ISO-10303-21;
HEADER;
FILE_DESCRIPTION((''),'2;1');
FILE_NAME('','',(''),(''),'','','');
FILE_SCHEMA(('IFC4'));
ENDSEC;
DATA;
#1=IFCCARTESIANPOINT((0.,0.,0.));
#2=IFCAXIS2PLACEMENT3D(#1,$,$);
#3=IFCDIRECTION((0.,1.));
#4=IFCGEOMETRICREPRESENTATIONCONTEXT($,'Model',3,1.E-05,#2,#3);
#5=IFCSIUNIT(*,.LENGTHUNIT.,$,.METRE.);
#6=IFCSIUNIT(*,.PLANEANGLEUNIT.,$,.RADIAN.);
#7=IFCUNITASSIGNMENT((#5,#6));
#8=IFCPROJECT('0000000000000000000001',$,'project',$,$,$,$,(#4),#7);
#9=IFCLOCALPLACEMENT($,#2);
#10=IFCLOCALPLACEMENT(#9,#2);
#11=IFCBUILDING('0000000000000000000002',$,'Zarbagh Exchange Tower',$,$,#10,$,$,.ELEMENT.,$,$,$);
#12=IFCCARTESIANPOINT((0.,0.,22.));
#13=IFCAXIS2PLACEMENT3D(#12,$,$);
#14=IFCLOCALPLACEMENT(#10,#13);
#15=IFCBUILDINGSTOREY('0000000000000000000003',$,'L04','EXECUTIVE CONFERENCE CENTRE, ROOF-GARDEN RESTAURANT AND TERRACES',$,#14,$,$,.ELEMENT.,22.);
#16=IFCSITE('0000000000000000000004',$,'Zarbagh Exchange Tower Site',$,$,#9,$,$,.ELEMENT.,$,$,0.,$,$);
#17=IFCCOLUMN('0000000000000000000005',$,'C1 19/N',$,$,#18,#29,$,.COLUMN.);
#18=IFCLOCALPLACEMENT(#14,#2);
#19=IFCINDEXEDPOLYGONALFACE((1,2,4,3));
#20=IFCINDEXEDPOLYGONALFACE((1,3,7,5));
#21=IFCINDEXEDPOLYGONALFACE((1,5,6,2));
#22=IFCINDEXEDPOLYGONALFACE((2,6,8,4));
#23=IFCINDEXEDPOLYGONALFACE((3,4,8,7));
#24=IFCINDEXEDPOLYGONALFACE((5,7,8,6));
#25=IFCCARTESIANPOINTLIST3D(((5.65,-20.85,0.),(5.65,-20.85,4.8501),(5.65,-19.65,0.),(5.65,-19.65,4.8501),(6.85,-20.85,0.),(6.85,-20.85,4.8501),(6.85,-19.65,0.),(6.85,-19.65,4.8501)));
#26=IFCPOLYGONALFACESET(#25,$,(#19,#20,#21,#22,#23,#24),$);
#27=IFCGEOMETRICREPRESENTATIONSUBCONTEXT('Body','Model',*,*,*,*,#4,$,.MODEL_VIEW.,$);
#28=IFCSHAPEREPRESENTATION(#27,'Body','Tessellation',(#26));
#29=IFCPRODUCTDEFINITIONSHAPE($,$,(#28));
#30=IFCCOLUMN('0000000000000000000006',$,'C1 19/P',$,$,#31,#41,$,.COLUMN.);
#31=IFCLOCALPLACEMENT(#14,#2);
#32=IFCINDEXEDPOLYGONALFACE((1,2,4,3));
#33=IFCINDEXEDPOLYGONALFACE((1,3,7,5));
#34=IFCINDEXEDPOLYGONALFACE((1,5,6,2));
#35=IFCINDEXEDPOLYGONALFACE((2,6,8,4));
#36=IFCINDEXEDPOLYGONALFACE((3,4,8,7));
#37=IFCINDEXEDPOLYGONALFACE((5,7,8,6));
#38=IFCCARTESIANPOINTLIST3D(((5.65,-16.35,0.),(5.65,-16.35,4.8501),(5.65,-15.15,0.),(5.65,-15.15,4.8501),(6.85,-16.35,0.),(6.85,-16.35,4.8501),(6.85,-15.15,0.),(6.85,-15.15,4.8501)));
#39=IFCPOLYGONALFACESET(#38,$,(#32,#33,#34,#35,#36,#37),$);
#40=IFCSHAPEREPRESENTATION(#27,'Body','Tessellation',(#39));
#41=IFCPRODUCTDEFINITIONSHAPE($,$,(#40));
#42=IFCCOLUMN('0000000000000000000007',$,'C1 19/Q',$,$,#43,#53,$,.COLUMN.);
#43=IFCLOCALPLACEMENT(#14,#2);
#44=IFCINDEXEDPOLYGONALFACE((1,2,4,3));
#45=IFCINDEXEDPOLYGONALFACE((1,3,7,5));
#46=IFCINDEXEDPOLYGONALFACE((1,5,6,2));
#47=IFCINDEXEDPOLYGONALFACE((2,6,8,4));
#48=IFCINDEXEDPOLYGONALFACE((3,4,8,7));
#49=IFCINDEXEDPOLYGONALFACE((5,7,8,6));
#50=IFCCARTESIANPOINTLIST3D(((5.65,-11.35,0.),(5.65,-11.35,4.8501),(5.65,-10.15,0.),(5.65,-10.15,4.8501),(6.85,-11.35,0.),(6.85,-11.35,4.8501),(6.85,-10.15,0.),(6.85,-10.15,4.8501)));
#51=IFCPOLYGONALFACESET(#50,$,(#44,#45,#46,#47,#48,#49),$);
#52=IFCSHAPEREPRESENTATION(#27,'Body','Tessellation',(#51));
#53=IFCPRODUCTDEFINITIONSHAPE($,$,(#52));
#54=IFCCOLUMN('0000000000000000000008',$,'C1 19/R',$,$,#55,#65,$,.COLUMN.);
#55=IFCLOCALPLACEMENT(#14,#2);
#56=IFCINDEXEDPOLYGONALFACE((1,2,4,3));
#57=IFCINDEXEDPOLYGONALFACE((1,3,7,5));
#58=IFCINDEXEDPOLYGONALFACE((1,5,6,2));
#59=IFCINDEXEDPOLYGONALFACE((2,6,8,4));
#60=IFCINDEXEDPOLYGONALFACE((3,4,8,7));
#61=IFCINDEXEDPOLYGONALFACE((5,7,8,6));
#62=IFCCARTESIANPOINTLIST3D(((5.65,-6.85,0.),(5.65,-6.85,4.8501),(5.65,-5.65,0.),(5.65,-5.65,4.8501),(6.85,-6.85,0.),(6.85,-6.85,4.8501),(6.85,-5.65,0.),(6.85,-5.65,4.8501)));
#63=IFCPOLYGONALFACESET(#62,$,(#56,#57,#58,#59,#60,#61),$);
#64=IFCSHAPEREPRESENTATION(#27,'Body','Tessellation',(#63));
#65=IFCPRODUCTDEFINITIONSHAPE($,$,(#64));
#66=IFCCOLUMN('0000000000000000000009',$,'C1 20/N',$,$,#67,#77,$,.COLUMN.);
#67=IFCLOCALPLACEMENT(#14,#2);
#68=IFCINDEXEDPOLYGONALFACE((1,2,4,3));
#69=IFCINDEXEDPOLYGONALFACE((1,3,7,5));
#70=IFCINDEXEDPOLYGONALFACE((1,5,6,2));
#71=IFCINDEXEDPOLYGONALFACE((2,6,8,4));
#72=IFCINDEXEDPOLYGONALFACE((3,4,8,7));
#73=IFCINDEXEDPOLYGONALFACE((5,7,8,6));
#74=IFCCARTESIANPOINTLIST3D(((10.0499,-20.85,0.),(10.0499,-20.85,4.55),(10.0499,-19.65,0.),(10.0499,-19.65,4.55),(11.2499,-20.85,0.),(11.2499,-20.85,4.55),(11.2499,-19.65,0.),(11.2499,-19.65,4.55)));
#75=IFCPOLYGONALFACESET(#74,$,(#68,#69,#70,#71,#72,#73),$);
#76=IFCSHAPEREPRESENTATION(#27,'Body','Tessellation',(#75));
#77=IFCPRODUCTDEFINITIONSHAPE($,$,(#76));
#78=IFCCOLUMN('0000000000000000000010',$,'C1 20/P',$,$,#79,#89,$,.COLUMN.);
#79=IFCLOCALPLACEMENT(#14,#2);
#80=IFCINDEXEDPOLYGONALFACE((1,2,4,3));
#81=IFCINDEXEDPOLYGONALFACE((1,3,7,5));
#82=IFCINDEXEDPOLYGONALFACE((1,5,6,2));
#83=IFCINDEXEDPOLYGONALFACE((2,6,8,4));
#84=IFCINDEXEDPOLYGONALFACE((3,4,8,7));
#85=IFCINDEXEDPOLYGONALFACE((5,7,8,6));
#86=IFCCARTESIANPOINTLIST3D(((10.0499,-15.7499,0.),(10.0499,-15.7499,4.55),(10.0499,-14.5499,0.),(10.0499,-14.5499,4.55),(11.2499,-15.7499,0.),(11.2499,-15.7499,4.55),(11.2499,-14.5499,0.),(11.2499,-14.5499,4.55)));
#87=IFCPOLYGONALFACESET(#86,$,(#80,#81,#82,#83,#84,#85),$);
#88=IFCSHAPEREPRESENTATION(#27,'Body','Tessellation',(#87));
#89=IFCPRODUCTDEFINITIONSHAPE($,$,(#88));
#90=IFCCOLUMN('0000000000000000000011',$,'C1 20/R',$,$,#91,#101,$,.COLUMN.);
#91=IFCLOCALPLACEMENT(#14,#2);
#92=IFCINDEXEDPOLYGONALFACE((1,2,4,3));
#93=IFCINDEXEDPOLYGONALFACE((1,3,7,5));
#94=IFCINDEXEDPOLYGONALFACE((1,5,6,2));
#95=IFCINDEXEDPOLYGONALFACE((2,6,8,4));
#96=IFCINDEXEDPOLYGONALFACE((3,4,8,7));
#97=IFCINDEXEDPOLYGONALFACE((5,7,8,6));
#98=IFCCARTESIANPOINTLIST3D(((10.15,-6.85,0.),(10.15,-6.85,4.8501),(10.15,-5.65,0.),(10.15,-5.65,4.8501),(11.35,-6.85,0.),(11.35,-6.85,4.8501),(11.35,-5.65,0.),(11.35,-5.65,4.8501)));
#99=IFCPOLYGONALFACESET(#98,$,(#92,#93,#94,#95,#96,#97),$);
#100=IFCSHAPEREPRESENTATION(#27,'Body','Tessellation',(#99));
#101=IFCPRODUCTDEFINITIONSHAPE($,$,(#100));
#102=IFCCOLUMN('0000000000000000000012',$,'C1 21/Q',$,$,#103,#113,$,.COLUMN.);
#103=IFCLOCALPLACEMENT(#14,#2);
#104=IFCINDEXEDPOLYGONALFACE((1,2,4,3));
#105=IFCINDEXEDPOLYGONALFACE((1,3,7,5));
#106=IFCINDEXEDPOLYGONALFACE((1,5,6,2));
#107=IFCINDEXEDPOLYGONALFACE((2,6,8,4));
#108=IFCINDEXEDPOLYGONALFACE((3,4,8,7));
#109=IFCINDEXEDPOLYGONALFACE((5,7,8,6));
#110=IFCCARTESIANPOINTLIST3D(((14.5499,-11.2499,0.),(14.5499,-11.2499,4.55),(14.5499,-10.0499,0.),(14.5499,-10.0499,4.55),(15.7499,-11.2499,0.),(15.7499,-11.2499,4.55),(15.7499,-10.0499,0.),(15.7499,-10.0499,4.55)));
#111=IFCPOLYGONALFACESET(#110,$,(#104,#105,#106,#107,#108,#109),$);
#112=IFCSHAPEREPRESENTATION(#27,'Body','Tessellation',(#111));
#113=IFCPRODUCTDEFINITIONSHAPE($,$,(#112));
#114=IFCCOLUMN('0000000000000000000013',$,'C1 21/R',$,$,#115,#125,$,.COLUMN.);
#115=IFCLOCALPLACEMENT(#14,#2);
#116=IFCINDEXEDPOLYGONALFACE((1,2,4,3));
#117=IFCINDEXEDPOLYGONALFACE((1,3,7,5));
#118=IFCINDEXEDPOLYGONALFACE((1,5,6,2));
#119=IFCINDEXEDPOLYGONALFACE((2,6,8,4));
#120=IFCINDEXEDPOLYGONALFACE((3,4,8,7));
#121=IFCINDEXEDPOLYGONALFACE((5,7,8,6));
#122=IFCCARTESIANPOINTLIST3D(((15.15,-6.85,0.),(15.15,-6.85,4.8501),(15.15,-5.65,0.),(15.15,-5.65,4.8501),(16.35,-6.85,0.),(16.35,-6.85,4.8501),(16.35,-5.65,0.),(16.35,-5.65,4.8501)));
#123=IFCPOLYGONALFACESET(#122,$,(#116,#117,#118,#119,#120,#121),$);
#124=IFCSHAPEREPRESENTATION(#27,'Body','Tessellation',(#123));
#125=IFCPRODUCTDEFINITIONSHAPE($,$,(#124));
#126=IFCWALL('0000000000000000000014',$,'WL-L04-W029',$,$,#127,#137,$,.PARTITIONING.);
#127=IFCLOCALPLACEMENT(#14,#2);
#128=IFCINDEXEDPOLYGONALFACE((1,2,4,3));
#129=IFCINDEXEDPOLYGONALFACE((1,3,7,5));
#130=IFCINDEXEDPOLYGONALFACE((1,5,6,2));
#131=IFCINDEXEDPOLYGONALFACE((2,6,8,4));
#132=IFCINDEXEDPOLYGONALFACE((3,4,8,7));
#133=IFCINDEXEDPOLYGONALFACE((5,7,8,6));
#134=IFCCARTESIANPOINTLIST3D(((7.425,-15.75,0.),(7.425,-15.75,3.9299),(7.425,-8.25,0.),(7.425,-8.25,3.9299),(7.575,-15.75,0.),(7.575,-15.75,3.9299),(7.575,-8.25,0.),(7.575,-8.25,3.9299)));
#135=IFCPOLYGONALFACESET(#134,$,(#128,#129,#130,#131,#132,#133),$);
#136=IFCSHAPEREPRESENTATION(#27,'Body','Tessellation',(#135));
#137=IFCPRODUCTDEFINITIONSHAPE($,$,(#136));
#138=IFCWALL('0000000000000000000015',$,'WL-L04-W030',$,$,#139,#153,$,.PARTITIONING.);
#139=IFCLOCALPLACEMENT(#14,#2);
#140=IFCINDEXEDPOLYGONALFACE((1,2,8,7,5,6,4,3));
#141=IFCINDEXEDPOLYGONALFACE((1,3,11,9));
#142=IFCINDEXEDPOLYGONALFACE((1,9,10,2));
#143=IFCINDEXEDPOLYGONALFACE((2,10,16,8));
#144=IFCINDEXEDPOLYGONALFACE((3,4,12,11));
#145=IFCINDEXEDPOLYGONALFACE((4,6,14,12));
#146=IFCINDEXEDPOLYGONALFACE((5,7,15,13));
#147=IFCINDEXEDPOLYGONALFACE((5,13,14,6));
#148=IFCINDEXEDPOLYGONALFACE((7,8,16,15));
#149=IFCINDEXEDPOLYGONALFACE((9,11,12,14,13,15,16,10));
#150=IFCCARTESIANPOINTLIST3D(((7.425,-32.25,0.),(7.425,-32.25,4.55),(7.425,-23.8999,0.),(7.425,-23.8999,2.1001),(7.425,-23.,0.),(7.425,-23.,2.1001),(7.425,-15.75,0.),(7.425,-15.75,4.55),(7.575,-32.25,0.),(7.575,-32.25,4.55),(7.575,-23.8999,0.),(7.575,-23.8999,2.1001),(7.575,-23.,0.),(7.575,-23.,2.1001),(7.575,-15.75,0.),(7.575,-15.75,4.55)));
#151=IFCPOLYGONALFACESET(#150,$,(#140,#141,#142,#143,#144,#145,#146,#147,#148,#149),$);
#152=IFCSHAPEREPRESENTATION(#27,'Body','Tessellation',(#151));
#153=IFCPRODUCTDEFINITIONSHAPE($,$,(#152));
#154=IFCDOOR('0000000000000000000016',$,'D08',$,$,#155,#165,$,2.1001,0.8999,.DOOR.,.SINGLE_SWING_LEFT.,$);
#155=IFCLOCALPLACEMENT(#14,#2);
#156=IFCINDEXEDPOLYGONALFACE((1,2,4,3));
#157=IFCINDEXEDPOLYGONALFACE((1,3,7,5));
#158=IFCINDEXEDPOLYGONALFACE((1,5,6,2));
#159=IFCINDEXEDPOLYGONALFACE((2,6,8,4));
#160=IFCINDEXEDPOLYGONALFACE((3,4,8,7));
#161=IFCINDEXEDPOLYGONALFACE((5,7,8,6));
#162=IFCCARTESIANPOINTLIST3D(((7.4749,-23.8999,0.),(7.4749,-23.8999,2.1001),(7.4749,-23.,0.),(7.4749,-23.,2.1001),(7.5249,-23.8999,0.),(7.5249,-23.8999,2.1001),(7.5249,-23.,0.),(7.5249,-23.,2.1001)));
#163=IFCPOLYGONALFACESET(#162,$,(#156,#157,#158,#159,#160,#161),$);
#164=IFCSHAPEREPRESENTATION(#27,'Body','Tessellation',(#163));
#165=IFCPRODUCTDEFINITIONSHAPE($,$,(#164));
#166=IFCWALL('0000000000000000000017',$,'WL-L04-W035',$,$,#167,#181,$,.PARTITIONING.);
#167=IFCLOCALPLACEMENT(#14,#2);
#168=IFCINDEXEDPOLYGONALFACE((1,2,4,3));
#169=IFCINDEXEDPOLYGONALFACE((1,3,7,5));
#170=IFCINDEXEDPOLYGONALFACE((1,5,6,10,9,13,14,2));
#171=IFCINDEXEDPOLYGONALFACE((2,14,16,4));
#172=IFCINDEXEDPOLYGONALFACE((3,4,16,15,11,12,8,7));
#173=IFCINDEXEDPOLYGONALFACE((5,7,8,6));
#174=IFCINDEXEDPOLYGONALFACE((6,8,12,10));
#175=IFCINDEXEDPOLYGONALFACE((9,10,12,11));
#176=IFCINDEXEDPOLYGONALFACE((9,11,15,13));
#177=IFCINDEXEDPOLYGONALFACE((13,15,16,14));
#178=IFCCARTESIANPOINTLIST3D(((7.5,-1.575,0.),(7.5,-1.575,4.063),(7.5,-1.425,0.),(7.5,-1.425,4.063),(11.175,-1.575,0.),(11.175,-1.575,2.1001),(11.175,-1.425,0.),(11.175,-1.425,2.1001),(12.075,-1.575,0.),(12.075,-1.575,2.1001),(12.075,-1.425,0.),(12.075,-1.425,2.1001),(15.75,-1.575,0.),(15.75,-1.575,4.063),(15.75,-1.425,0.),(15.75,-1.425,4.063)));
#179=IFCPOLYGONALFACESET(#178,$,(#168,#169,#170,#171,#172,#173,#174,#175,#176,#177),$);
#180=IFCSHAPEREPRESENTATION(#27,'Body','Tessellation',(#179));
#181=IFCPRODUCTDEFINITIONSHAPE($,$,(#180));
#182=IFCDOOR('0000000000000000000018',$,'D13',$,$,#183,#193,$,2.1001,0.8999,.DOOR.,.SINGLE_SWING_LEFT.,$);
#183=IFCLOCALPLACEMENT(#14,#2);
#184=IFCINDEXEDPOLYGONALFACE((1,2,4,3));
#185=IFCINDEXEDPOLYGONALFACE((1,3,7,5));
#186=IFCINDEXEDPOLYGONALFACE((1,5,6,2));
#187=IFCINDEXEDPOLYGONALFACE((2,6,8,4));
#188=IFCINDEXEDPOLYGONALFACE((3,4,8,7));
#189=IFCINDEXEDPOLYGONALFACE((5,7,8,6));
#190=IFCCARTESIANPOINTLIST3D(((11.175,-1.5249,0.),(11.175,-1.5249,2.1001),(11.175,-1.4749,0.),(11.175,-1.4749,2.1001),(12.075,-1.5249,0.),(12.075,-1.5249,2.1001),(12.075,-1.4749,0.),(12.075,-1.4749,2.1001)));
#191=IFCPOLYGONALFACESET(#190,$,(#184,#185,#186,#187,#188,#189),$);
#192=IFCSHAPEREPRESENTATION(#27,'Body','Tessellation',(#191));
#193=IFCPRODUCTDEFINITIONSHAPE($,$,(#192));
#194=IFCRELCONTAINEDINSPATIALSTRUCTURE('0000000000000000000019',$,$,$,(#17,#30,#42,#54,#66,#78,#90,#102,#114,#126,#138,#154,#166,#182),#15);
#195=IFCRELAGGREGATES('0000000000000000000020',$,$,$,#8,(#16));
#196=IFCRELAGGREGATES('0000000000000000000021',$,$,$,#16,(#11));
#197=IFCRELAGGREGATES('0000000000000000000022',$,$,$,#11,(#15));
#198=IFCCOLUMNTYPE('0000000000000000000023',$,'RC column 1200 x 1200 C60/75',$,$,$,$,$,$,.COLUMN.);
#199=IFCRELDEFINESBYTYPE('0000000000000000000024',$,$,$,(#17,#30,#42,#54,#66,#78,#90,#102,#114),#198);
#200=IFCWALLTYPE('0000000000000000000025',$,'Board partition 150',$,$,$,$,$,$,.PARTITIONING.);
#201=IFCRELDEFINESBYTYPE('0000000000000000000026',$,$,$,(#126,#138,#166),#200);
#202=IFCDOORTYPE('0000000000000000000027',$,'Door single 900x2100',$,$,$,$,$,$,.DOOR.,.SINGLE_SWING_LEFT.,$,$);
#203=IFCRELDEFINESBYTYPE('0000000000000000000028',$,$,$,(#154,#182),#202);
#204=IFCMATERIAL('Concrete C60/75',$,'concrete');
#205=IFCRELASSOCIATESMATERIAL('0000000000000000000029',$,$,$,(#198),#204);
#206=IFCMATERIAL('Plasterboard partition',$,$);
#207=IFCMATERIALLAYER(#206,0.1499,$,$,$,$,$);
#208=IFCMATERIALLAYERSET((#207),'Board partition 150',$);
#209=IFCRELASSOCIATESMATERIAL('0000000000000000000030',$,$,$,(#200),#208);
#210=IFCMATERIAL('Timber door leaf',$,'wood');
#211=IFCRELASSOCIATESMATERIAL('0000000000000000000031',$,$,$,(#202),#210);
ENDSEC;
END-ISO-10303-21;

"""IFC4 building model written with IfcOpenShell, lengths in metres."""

from ifc_helpers import new_model, si_unit, direction, frame, frame_2d, origin, origin_2d, place, context, subcontext, project, spatial, rectangle, extrude, material, layer, layer_set, material_profile, profile_set, type_object, element, fill, save


model = new_model("IFC4")

# Units and contexts
model_context = context("Model", 3, precision=1e-05, world=origin(), true_north=direction((0.0, 1.0)))
body_context = subcontext(model_context, "Body", "Model", "MODEL_VIEW")
ifc_project = project(units=[si_unit("LENGTHUNIT", "METRE"), si_unit("PLANEANGLEUNIT", "RADIAN")], contexts=[model_context])

# Site, building, storey
site_placement = place(None, origin())
site = spatial("IfcSite", under=ifc_project, at=site_placement, Name="Zarbagh Exchange Tower Site", CompositionType="ELEMENT", RefElevation=0.0)
building_placement = place(site_placement, origin())
building = spatial("IfcBuilding", under=site, at=building_placement, Name="Zarbagh Exchange Tower", CompositionType="ELEMENT")
storey_placement = place(building_placement, frame((0.0, 0.0, 22.0)))
storey = spatial("IfcBuildingStorey", under=building, at=storey_placement, Name="L04", Description="EXECUTIVE CONFERENCE CENTRE, ROOF-GARDEN RESTAURANT AND TERRACES", CompositionType="ELEMENT", Elevation=22.0)

# Columns
ifc_material_1 = material(Name="Concrete C60/75", Category="concrete")
ifc_material_profile = material_profile(ifc_material_1, rectangle(XDim=1.2, YDim=1.2, at=origin_2d()), Name="RC column 1200 x 1200 C60/75")
ifc_profile_set = profile_set([ifc_material_profile], Name="Concrete C60/75")
column_type = type_object("IfcColumnType", Name="RC column 1200 x 1200 C60/75", PredefinedType="COLUMN", material=ifc_profile_set)
for number, where, z_axis, x_axis, name in (
    (1, (6.25, -20.25, 0.0), (0.0, 0.0, 1.0), (1.0, 0.0, 0.0), "C1 19/N"),
    (2, (6.25, -15.75, 0.0), (0.0, 0.0, 1.0), (1.0, 0.0, 0.0), "C1 19/P"),
    (3, (6.25, -10.75, 0.0), (0.0, 0.0, 1.0), (1.0, 0.0, 0.0), "C1 19/Q"),
    (4, (6.25, -6.25, 0.0), (0.0, 0.0, 1.0), (1.0, 0.0, 0.0), "C1 19/R"),
):
    element("IfcColumn", number, at=place(storey_placement, frame(where, z_axis=z_axis, x_axis=x_axis)), inside=storey, type_object=column_type, Name=name, PredefinedType="COLUMN", context=body_context, shape_type="SweptSolid", body=[
        extrude(rectangle(XDim=1.2, YDim=1.2, at=origin_2d()), origin(), (0.0, 0.0, 1.0), 4.8501),
    ])
for number, where, z_axis, x_axis, name in (
    (5, (10.6499, -20.25, 0.0), (0.0, 0.0, 1.0), (1.0, 0.0, 0.0), "C1 20/N"),
    (6, (10.6499, -15.1499, 0.0), (0.0, 0.0, 1.0), (1.0, 0.0, 0.0), "C1 20/P"),
):
    element("IfcColumn", number, at=place(storey_placement, frame(where, z_axis=z_axis, x_axis=x_axis)), inside=storey, type_object=column_type, Name=name, PredefinedType="COLUMN", context=body_context, shape_type="SweptSolid", body=[
        extrude(rectangle(XDim=1.2, YDim=1.2, at=origin_2d()), origin(), (0.0, 0.0, 1.0), 4.55),
    ])
column_1_placement = place(storey_placement, frame((10.75, -6.25, 0.0), z_axis=(0.0, 0.0, 1.0), x_axis=(1.0, 0.0, 0.0)))
element("IfcColumn", 7, at=column_1_placement, inside=storey, type_object=column_type, Name="C1 20/R", PredefinedType="COLUMN", context=body_context, shape_type="SweptSolid", body=[
    extrude(rectangle(XDim=1.2, YDim=1.2, at=origin_2d()), origin(), (0.0, 0.0, 1.0), 4.8501),
])
column_2_placement = place(storey_placement, frame((15.1499, -10.6499, 0.0), z_axis=(0.0, 0.0, 1.0), x_axis=(1.0, 0.0, 0.0)))
element("IfcColumn", 8, at=column_2_placement, inside=storey, type_object=column_type, Name="C1 21/Q", PredefinedType="COLUMN", context=body_context, shape_type="SweptSolid", body=[
    extrude(rectangle(XDim=1.2, YDim=1.2, at=origin_2d()), origin(), (0.0, 0.0, 1.0), 4.55),
])
column_3_placement = place(storey_placement, frame((15.75, -6.25, 0.0), z_axis=(0.0, 0.0, 1.0), x_axis=(1.0, 0.0, 0.0)))
element("IfcColumn", 9, at=column_3_placement, inside=storey, type_object=column_type, Name="C1 21/R", PredefinedType="COLUMN", context=body_context, shape_type="SweptSolid", body=[
    extrude(rectangle(XDim=1.2, YDim=1.2, at=origin_2d()), origin(), (0.0, 0.0, 1.0), 4.8501),
])

# Wall
ifc_material_2 = material(Name="Plasterboard partition")
ifc_layer_1 = layer(ifc_material_2, 0.1499)
ifc_layer_set_1 = layer_set([ifc_layer_1], Name="Board partition 150")
wall_type_1 = type_object("IfcWallType", Name="Board partition 150", PredefinedType="PARTITIONING", material=ifc_layer_set_1)
wall_1_placement = place(storey_placement, frame((7.5, -8.25, 0.0), z_axis=(0.0, 0.0, 1.0), x_axis=(0.0, -1.0, 0.0)))
element("IfcWall", 10, at=wall_1_placement, inside=storey, type_object=wall_type_1, Name="WL-L04-W029", PredefinedType="PARTITIONING", context=body_context, shape_type="SweptSolid", body=[
    extrude(rectangle(XDim=7.5, YDim=0.1499, at=frame_2d((3.75, 0.0))), origin(), (0.0, 0.0, 1.0), 3.9299),
])

# Walls, openings, doors
wall_2_placement = place(storey_placement, frame((7.5, -15.75, 0.0), z_axis=(0.0, 0.0, 1.0), x_axis=(0.0, -1.0, 0.0)))
wall_2 = element("IfcWall", 11, at=wall_2_placement, inside=storey, type_object=wall_type_1, Name="WL-L04-W030", PredefinedType="PARTITIONING", context=body_context, shape_type="SweptSolid", body=[
    extrude(rectangle(XDim=16.5, YDim=0.1499, at=frame_2d((8.25, 0.0))), origin(), (0.0, 0.0, 1.0), 4.55),
])
opening_1_placement = place(wall_2_placement, frame((7.25, 0.0, 0.0)))
opening_1 = element("IfcOpeningElement", 12, at=opening_1_placement, cuts=wall_2, PredefinedType="OPENING", context=body_context, shape_type="SweptSolid", body=[
    extrude(rectangle(XDim=0.8999, YDim=2.1001, at=frame_2d((0.45, 1.05))), frame((0.0, 0.085, 0.0), z_axis=(0.0, -1.0, 0.0), x_axis=(1.0, 0.0, 0.0)), (0.0, 0.0, 1.0), 0.1699),
])
ifc_material_3 = material(Name="Timber door leaf", Category="wood")
door_type_1 = type_object("IfcDoorType", Name="Door single 900x2100", OperationType="SINGLE_SWING_LEFT", PredefinedType="DOOR", material=ifc_material_3)
door_1_placement = place(opening_1_placement, origin())
door_1 = element("IfcDoor", 13, at=door_1_placement, inside=storey, type_object=door_type_1, Name="D08", OperationType="SINGLE_SWING_LEFT", OverallHeight=2.1001, OverallWidth=0.8999, PredefinedType="DOOR", context=body_context, shape_type="SweptSolid", body=[
    extrude(rectangle(XDim=0.8999, YDim=2.1001, at=frame_2d((0.45, 1.05))), frame((0.0, 0.0249, 0.0), z_axis=(0.0, -1.0, 0.0), x_axis=(1.0, 0.0, 0.0)), (0.0, 0.0, 1.0), 0.05),
])
fill(opening_1, door_1)
wall_3_placement = place(storey_placement, frame((15.75, -1.5, 0.0), z_axis=(0.0, 0.0, 1.0), x_axis=(-1.0, 0.0, 0.0)))
wall_3 = element("IfcWall", 14, at=wall_3_placement, inside=storey, type_object=wall_type_1, Name="WL-L04-W035", PredefinedType="PARTITIONING", context=body_context, shape_type="SweptSolid", body=[
    extrude(rectangle(XDim=8.25, YDim=0.1499, at=frame_2d((4.125, 0.0))), origin(), (0.0, 0.0, 1.0), 4.063),
])
opening_2_placement = place(wall_3_placement, frame((3.675, 0.0, 0.0)))
opening_2 = element("IfcOpeningElement", 15, at=opening_2_placement, cuts=wall_3, PredefinedType="OPENING", context=body_context, shape_type="SweptSolid", body=[
    extrude(rectangle(XDim=0.8999, YDim=2.1001, at=frame_2d((0.45, 1.05))), frame((0.0, 0.085, 0.0), z_axis=(0.0, -1.0, 0.0), x_axis=(1.0, 0.0, 0.0)), (0.0, 0.0, 1.0), 0.1699),
])
door_2_placement = place(opening_2_placement, origin())
door_2 = element("IfcDoor", 16, at=door_2_placement, inside=storey, type_object=door_type_1, Name="D13", OperationType="SINGLE_SWING_LEFT", OverallHeight=2.1001, OverallWidth=0.8999, PredefinedType="DOOR", context=body_context, shape_type="SweptSolid", body=[
    extrude(rectangle(XDim=0.8999, YDim=2.1001, at=frame_2d((0.45, 1.05))), frame((0.0, 0.0249, 0.0), z_axis=(0.0, -1.0, 0.0), x_axis=(1.0, 0.0, 0.0)), (0.0, 0.0, 1.0), 0.05),
])
fill(opening_2, door_2)

save(model, "model.ifc")
